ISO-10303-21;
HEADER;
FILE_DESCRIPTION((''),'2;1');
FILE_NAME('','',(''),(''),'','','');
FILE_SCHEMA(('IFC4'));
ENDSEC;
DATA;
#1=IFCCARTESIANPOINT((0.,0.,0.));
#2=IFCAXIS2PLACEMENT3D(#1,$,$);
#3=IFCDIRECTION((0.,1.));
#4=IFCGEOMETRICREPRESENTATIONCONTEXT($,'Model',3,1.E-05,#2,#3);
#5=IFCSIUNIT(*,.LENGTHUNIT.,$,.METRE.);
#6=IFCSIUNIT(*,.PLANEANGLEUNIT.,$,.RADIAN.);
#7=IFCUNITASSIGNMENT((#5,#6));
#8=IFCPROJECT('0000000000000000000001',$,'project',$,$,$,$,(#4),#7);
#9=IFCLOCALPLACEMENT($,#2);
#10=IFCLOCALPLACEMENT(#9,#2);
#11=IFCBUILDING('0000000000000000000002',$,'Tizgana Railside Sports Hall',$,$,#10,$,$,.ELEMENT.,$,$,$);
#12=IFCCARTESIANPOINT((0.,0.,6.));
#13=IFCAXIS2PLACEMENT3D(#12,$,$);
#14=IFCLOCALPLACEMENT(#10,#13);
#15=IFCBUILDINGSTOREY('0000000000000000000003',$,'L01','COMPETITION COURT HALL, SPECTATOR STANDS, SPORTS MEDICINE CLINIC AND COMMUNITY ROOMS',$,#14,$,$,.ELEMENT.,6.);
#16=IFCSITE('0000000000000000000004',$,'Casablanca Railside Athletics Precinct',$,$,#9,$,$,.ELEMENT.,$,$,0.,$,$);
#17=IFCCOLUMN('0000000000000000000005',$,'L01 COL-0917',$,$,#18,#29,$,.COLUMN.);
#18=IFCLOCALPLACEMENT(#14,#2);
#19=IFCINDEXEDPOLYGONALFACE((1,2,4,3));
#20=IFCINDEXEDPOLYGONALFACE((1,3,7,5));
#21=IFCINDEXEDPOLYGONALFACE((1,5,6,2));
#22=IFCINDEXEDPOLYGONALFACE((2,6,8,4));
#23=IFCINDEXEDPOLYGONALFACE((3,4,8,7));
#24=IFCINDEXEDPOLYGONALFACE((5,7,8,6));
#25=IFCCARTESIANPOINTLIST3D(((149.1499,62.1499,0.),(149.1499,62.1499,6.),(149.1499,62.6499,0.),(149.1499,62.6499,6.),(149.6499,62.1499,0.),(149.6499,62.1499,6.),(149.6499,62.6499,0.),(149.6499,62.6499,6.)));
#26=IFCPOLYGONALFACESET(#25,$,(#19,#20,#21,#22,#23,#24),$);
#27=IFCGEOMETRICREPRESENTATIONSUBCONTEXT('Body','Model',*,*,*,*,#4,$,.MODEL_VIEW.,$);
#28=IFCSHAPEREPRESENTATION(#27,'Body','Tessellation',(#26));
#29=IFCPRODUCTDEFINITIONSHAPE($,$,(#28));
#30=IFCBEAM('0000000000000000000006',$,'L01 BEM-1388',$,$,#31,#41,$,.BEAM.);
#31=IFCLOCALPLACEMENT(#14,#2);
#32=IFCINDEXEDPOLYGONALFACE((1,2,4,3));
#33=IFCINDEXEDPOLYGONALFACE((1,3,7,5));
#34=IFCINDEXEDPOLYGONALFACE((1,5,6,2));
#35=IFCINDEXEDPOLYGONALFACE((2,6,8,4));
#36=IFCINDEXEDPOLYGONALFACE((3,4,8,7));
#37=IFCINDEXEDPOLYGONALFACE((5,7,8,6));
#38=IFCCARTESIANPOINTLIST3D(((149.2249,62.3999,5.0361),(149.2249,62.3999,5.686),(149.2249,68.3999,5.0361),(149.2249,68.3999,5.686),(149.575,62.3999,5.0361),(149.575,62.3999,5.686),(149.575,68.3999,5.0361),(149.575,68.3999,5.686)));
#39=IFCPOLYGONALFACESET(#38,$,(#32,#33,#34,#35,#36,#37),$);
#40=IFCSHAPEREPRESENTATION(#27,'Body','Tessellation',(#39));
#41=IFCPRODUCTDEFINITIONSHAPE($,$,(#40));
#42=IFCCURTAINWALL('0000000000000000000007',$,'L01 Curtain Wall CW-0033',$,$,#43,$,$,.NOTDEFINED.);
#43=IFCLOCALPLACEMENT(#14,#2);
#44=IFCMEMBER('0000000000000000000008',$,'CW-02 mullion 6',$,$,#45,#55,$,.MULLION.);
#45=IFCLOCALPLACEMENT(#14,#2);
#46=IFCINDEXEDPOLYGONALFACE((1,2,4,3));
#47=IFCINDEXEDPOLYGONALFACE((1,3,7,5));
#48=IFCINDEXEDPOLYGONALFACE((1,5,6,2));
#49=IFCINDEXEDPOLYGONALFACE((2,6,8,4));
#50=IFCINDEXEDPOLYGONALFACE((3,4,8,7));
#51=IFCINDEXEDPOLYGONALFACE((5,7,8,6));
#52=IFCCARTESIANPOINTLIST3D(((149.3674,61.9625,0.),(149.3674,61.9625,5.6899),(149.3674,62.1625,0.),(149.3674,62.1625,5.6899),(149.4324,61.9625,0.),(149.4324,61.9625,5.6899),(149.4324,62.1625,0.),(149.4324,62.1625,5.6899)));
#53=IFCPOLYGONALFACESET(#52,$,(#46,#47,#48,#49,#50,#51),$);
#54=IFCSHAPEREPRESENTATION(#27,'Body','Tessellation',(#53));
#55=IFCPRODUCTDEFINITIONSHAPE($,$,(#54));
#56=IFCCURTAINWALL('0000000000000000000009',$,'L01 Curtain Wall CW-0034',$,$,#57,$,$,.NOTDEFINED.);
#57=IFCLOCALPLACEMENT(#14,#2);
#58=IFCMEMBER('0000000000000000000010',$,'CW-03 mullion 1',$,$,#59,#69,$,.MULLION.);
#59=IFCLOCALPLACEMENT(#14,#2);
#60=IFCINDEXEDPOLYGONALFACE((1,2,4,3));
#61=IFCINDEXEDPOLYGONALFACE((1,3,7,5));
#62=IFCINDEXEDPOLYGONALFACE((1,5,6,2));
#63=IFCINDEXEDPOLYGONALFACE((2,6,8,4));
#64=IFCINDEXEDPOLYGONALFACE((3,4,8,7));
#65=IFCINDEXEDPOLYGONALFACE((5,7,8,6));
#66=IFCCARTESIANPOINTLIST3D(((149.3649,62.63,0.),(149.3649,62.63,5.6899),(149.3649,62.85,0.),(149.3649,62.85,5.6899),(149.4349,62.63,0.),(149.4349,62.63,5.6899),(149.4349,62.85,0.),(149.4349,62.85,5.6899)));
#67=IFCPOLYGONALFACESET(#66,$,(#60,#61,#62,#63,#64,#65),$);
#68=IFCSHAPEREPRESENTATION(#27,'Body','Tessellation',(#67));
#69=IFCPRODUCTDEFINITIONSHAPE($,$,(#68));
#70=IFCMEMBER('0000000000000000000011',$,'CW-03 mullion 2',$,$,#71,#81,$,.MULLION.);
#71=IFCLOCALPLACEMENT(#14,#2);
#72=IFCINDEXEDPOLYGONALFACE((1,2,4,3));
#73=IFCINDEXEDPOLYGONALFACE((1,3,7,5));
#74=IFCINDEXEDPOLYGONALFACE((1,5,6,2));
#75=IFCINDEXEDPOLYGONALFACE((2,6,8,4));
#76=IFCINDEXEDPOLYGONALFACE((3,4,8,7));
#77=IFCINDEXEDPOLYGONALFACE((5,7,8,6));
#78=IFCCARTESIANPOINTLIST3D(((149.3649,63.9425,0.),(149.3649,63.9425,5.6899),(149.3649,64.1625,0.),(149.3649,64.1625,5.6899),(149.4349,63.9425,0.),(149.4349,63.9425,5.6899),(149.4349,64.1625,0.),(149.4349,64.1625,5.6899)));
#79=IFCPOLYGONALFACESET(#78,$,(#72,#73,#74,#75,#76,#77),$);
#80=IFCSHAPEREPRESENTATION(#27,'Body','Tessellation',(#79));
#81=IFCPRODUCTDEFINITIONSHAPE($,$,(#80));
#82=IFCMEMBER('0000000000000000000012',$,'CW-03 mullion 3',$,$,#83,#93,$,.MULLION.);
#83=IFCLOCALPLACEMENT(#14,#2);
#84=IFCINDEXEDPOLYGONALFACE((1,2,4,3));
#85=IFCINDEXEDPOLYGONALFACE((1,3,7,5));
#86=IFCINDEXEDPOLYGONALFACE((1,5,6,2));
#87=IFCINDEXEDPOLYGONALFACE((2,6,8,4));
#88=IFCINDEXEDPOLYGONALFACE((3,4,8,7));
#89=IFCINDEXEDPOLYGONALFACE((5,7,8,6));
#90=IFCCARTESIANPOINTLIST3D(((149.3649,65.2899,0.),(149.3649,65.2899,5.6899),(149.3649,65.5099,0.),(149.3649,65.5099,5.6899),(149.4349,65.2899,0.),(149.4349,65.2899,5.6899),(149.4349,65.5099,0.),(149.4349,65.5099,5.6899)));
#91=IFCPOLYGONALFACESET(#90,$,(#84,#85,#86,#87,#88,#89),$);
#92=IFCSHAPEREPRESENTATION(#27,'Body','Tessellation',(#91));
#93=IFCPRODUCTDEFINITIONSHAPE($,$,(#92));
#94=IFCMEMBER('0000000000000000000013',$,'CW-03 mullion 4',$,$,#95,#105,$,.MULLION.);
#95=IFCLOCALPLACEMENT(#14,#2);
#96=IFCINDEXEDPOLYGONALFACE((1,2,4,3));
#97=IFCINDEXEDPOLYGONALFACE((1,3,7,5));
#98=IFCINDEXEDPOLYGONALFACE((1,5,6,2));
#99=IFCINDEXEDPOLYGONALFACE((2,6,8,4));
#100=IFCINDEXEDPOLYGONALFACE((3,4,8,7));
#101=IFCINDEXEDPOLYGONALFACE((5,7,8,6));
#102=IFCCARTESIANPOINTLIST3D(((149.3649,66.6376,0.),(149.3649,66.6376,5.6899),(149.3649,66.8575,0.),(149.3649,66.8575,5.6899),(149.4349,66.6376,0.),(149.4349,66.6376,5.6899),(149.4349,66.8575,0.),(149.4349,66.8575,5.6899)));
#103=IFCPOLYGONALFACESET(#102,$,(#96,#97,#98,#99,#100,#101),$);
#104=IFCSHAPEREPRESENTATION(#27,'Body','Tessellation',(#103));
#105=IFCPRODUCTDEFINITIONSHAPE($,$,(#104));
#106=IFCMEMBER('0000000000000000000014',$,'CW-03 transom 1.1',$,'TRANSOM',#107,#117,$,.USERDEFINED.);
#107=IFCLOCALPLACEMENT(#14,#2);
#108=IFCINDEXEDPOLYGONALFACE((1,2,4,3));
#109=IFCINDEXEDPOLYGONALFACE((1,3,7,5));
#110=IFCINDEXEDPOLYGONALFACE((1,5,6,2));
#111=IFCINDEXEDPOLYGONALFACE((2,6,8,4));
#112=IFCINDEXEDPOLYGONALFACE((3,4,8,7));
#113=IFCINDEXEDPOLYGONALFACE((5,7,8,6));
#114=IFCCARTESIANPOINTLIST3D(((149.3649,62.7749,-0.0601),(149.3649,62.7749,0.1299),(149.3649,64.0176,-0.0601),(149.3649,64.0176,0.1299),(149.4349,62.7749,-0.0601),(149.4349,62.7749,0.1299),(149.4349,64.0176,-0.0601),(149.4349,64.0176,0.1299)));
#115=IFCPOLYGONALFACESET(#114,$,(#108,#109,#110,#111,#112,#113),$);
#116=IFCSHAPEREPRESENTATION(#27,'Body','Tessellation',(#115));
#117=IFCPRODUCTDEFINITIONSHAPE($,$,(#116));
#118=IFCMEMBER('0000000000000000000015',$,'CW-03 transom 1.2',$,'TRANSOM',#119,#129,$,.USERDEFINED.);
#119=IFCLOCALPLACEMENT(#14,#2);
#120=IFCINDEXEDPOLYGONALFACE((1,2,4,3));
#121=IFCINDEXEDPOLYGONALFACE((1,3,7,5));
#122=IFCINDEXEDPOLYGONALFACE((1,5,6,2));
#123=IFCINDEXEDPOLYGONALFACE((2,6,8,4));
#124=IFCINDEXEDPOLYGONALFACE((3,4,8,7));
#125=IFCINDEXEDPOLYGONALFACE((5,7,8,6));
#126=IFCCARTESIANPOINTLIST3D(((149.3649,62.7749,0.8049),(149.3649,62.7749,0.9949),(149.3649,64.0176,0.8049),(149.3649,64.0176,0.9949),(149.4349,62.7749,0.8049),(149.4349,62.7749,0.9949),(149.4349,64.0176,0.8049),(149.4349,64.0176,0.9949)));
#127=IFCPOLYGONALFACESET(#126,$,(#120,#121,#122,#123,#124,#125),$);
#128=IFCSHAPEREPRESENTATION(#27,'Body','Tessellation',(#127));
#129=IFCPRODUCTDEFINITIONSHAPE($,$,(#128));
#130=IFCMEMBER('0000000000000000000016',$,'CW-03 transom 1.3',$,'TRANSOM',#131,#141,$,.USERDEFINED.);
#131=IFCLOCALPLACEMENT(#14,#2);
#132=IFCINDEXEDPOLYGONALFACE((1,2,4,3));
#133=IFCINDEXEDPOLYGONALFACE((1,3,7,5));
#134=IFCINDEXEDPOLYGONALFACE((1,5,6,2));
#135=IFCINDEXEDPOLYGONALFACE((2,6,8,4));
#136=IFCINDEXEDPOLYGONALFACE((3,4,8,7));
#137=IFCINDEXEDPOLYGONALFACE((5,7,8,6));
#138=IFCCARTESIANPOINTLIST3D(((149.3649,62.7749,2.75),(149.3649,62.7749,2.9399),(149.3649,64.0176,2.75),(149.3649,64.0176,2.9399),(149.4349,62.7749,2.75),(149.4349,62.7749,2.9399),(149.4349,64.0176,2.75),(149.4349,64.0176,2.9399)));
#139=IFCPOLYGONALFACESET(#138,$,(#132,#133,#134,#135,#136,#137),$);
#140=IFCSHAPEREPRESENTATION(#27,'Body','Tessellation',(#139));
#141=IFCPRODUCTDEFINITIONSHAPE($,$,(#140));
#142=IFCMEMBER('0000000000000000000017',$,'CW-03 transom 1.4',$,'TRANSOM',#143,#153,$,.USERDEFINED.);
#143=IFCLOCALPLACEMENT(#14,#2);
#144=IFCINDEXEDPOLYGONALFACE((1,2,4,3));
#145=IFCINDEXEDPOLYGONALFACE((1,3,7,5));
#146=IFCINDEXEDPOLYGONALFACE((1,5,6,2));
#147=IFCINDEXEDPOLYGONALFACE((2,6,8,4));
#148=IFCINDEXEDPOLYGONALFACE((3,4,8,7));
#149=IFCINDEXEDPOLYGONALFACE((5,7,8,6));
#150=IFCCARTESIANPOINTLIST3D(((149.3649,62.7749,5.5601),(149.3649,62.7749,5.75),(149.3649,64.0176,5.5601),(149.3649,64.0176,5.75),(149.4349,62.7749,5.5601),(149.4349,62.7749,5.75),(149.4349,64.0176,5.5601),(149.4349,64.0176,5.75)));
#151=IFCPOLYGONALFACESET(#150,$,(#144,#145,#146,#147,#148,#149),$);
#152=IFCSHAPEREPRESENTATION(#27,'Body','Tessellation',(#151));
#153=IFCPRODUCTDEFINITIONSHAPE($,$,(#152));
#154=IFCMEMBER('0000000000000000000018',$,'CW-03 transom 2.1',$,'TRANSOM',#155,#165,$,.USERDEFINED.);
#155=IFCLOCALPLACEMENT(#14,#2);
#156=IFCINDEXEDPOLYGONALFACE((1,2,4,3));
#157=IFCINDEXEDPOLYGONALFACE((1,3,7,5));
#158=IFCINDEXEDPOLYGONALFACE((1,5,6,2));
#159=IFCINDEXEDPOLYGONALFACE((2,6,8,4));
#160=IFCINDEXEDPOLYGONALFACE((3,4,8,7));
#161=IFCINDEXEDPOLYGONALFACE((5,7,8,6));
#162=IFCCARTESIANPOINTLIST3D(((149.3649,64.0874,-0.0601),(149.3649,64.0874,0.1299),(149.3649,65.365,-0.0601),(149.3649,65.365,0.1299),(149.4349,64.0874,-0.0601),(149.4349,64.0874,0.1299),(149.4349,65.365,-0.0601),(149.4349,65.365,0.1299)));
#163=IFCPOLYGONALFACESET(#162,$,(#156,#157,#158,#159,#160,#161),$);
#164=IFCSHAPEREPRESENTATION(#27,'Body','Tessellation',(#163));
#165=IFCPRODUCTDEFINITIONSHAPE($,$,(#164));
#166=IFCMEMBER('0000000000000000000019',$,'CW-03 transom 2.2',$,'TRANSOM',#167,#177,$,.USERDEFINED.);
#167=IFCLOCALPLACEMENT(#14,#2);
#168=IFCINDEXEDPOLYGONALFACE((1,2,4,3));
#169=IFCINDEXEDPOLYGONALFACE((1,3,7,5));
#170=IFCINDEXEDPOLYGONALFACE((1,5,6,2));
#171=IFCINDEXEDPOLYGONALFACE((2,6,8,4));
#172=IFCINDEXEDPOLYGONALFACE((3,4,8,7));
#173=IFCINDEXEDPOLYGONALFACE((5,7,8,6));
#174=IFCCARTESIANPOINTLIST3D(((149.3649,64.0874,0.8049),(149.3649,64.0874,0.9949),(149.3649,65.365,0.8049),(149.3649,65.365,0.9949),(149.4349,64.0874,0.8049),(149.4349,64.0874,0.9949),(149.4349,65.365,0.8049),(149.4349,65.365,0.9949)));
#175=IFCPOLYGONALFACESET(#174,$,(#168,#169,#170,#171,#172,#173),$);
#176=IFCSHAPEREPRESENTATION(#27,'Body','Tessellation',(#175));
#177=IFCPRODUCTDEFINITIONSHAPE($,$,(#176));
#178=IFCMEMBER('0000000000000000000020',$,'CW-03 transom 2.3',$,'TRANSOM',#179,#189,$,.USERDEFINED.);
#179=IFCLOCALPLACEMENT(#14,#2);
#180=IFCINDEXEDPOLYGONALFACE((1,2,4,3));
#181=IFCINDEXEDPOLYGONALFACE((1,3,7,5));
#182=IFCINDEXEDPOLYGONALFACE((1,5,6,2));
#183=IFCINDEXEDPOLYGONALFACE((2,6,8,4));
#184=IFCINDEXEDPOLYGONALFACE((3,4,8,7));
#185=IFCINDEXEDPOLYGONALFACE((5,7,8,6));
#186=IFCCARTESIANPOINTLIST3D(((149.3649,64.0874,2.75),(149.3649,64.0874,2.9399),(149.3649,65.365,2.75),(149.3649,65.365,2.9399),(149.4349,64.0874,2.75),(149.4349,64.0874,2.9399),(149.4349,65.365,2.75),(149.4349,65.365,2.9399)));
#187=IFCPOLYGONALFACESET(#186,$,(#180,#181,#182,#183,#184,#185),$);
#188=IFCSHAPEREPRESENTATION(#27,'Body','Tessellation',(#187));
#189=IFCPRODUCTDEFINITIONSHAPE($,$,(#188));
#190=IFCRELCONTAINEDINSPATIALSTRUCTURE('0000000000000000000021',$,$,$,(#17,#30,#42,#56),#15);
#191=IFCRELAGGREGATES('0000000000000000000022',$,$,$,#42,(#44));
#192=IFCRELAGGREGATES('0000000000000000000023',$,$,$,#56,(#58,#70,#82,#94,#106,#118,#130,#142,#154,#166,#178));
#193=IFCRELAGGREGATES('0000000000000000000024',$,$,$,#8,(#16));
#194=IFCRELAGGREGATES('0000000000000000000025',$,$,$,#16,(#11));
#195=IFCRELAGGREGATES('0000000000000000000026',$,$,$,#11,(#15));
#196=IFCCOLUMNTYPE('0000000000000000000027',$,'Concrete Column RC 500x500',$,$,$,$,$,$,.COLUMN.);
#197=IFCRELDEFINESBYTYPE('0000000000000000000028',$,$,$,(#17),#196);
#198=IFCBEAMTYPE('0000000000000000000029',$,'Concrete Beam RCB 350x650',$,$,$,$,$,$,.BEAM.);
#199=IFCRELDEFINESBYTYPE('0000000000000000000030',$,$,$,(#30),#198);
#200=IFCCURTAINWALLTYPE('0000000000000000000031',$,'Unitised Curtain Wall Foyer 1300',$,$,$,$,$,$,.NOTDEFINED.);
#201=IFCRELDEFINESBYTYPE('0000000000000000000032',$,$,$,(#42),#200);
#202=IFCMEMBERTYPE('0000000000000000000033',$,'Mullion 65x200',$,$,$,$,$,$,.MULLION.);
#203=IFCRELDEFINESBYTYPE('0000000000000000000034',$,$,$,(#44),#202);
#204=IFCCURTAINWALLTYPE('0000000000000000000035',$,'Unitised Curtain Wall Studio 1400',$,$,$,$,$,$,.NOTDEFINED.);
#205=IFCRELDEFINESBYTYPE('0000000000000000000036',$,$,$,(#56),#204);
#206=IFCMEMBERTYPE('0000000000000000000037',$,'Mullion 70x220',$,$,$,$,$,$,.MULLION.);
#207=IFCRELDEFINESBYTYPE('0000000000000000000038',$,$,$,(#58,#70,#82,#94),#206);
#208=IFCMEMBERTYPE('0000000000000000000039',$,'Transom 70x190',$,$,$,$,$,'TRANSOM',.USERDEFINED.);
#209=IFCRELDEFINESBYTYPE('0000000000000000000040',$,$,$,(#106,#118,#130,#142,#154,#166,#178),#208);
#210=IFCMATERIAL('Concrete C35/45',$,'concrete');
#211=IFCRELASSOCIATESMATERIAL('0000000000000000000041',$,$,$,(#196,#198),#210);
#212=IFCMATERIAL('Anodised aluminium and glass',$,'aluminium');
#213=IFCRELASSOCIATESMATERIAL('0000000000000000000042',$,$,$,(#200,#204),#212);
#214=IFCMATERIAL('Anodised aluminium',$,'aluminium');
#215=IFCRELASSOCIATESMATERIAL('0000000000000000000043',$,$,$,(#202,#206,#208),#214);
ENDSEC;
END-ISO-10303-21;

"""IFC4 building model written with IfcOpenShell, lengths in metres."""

from ifc_helpers import new_model, si_unit, direction, frame, origin, origin_2d, place, context, subcontext, project, spatial, rectangle, extrude, material, material_profile, profile_set, type_object, element, aggregate, save


model = new_model("IFC4")

# Units and contexts
model_context = context("Model", 3, precision=1e-05, world=origin(), true_north=direction((0.0, 1.0)))
body_context = subcontext(model_context, "Body", "Model", "MODEL_VIEW")
ifc_project = project(units=[si_unit("LENGTHUNIT", "METRE"), si_unit("PLANEANGLEUNIT", "RADIAN")], contexts=[model_context])

# Site, building, storey
site_placement = place(None, origin())
site = spatial("IfcSite", under=ifc_project, at=site_placement, Name="Casablanca Railside Athletics Precinct", CompositionType="ELEMENT", RefElevation=0.0)
building_placement = place(site_placement, origin())
building = spatial("IfcBuilding", under=site, at=building_placement, Name="Tizgana Railside Sports Hall", CompositionType="ELEMENT")
storey_placement = place(building_placement, frame((0.0, 0.0, 6.0)))
storey = spatial("IfcBuildingStorey", under=building, at=storey_placement, Name="L01", Description="COMPETITION COURT HALL, SPECTATOR STANDS, SPORTS MEDICINE CLINIC AND COMMUNITY ROOMS", CompositionType="ELEMENT", Elevation=6.0)

# Column
ifc_material_1 = material(Name="Concrete C35/45", Category="concrete")
ifc_material_profile_1 = material_profile(ifc_material_1, rectangle(XDim=0.5, YDim=0.5, at=origin_2d()), Name="RC 500x500")
ifc_profile_set_1 = profile_set([ifc_material_profile_1], Name="Concrete C35/45")
column_type = type_object("IfcColumnType", Name="Concrete Column RC 500x500", PredefinedType="COLUMN", material=ifc_profile_set_1)
column_placement = place(storey_placement, frame((149.3999, 62.3999, 0.0), z_axis=(0.0, 0.0, 1.0), x_axis=(1.0, 0.0, 0.0)))
element("IfcColumn", 1, at=column_placement, inside=storey, type_object=column_type, Name="L01 COL-0917", PredefinedType="COLUMN", context=body_context, shape_type="SweptSolid", body=[
    extrude(rectangle(XDim=0.5, YDim=0.5, at=origin_2d()), origin(), (0.0, 0.0, 1.0), 6.0),
])

# Beam
ifc_material_profile_2 = material_profile(ifc_material_1, rectangle(XDim=0.3501, YDim=0.6499, at=origin_2d()), Name="RCB 350x650")
ifc_profile_set_2 = profile_set([ifc_material_profile_2], Name="Concrete C35/45")
beam_type = type_object("IfcBeamType", Name="Concrete Beam RCB 350x650", PredefinedType="BEAM", material=ifc_profile_set_2)
beam_placement = place(storey_placement, frame((149.3999, 62.3999, 5.3611), z_axis=(0.0, 1.0, 0.0), x_axis=(-1.0, 0.0, 0.0)))
element("IfcBeam", 2, at=beam_placement, inside=storey, type_object=beam_type, Name="L01 BEM-1388", PredefinedType="BEAM", context=body_context, shape_type="SweptSolid", body=[
    extrude(rectangle(XDim=0.3501, YDim=0.6499, at=origin_2d()), origin(), (0.0, 0.0, 1.0), 6.0),
])

# Curtain wall, member
ifc_material_2 = material(Name="Anodised aluminium and glass", Category="aluminium")
curtain_wall_type_1 = type_object("IfcCurtainWallType", Name="Unitised Curtain Wall Foyer 1300", PredefinedType="NOTDEFINED", material=ifc_material_2)
curtain_wall_1_placement = place(storey_placement, origin())
curtain_wall_1 = element("IfcCurtainWall", 3, at=curtain_wall_1_placement, inside=storey, type_object=curtain_wall_type_1, Name="L01 Curtain Wall CW-0033", PredefinedType="NOTDEFINED")
ifc_material_3 = material(Name="Anodised aluminium", Category="aluminium")
ifc_material_profile_3 = material_profile(ifc_material_3, rectangle(XDim=0.0649, YDim=0.2, at=origin_2d()), Name="Mullion 65x200")
ifc_profile_set_3 = profile_set([ifc_material_profile_3], Name="Anodised aluminium")
member_type_1 = type_object("IfcMemberType", Name="Mullion 65x200", PredefinedType="MULLION", material=ifc_profile_set_3)
member_1_placement = place(storey_placement, frame((149.3999, 62.0625, 0.0), z_axis=(0.0, 0.0, 1.0), x_axis=(-1.0, 0.0, 0.0)))
member_1 = element("IfcMember", 4, at=member_1_placement, type_object=member_type_1, Name="CW-02 mullion 6", PredefinedType="MULLION", context=body_context, shape_type="SweptSolid", body=[
    extrude(rectangle(XDim=0.0649, YDim=0.2, at=origin_2d()), origin(), (0.0, 0.0, 1.0), 5.6899),
])
aggregate(curtain_wall_1, [member_1])

# Curtain wall, members
curtain_wall_type_2 = type_object("IfcCurtainWallType", Name="Unitised Curtain Wall Studio 1400", PredefinedType="NOTDEFINED", material=ifc_material_2)
curtain_wall_2_placement = place(storey_placement, origin())
curtain_wall_2 = element("IfcCurtainWall", 5, at=curtain_wall_2_placement, inside=storey, type_object=curtain_wall_type_2, Name="L01 Curtain Wall CW-0034", PredefinedType="NOTDEFINED")
ifc_material_profile_4 = material_profile(ifc_material_3, rectangle(XDim=0.0701, YDim=0.22, at=origin_2d()), Name="Mullion 70x220")
ifc_profile_set_4 = profile_set([ifc_material_profile_4], Name="Anodised aluminium")
member_type_2 = type_object("IfcMemberType", Name="Mullion 70x220", PredefinedType="MULLION", material=ifc_profile_set_4)
member_2_placement = place(storey_placement, frame((149.3999, 62.74, 0.0), z_axis=(0.0, 0.0, 1.0), x_axis=(-1.0, 0.0, 0.0)))
member_2 = element("IfcMember", 6, at=member_2_placement, type_object=member_type_2, Name="CW-03 mullion 1", PredefinedType="MULLION", context=body_context, shape_type="SweptSolid", body=[
    extrude(rectangle(XDim=0.0701, YDim=0.22, at=origin_2d()), origin(), (0.0, 0.0, 1.0), 5.6899),
])
member_3_placement = place(storey_placement, frame((149.3999, 64.0525, 0.0), z_axis=(0.0, 0.0, 1.0), x_axis=(-1.0, 0.0, 0.0)))
member_3 = element("IfcMember", 7, at=member_3_placement, type_object=member_type_2, Name="CW-03 mullion 2", PredefinedType="MULLION", context=body_context, shape_type="SweptSolid", body=[
    extrude(rectangle(XDim=0.0701, YDim=0.22, at=origin_2d()), origin(), (0.0, 0.0, 1.0), 5.6899),
])
member_4_placement = place(storey_placement, frame((149.3999, 65.3999, 0.0), z_axis=(0.0, 0.0, 1.0), x_axis=(-1.0, 0.0, 0.0)))
member_4 = element("IfcMember", 8, at=member_4_placement, type_object=member_type_2, Name="CW-03 mullion 3", PredefinedType="MULLION", context=body_context, shape_type="SweptSolid", body=[
    extrude(rectangle(XDim=0.0701, YDim=0.22, at=origin_2d()), origin(), (0.0, 0.0, 1.0), 5.6899),
])
member_5_placement = place(storey_placement, frame((149.3999, 66.7476, 0.0), z_axis=(0.0, 0.0, 1.0), x_axis=(-1.0, 0.0, 0.0)))
member_5 = element("IfcMember", 9, at=member_5_placement, type_object=member_type_2, Name="CW-03 mullion 4", PredefinedType="MULLION", context=body_context, shape_type="SweptSolid", body=[
    extrude(rectangle(XDim=0.0701, YDim=0.22, at=origin_2d()), origin(), (0.0, 0.0, 1.0), 5.6899),
])
ifc_material_profile_5 = material_profile(ifc_material_3, rectangle(XDim=0.0701, YDim=0.1899, at=origin_2d()), Name="Transom 70x190")
ifc_profile_set_5 = profile_set([ifc_material_profile_5], Name="Anodised aluminium")
member_type_3 = type_object("IfcMemberType", Name="Transom 70x190", ElementType="TRANSOM", PredefinedType="USERDEFINED", material=ifc_profile_set_5)
member_6_placement = place(storey_placement, frame((149.3999, 62.7749, 0.0349), z_axis=(0.0, 1.0, 0.0), x_axis=(-1.0, 0.0, 0.0)))
member_6 = element("IfcMember", 10, at=member_6_placement, type_object=member_type_3, Name="CW-03 transom 1.1", ObjectType="TRANSOM", PredefinedType="USERDEFINED", context=body_context, shape_type="SweptSolid", body=[
    extrude(rectangle(XDim=0.0701, YDim=0.1899, at=origin_2d()), origin(), (0.0, 0.0, 1.0), 1.2427),
])
member_7_placement = place(storey_placement, frame((149.3999, 62.7749, 0.8999), z_axis=(0.0, 1.0, 0.0), x_axis=(-1.0, 0.0, 0.0)))
member_7 = element("IfcMember", 11, at=member_7_placement, type_object=member_type_3, Name="CW-03 transom 1.2", ObjectType="TRANSOM", PredefinedType="USERDEFINED", context=body_context, shape_type="SweptSolid", body=[
    extrude(rectangle(XDim=0.0701, YDim=0.1899, at=origin_2d()), origin(), (0.0, 0.0, 1.0), 1.2427),
])
member_8_placement = place(storey_placement, frame((149.3999, 62.7749, 2.845), z_axis=(0.0, 1.0, 0.0), x_axis=(-1.0, 0.0, 0.0)))
member_8 = element("IfcMember", 12, at=member_8_placement, type_object=member_type_3, Name="CW-03 transom 1.3", ObjectType="TRANSOM", PredefinedType="USERDEFINED", context=body_context, shape_type="SweptSolid", body=[
    extrude(rectangle(XDim=0.0701, YDim=0.1899, at=origin_2d()), origin(), (0.0, 0.0, 1.0), 1.2427),
])
member_9_placement = place(storey_placement, frame((149.3999, 62.7749, 5.655), z_axis=(0.0, 1.0, 0.0), x_axis=(-1.0, 0.0, 0.0)))
member_9 = element("IfcMember", 13, at=member_9_placement, type_object=member_type_3, Name="CW-03 transom 1.4", ObjectType="TRANSOM", PredefinedType="USERDEFINED", context=body_context, shape_type="SweptSolid", body=[
    extrude(rectangle(XDim=0.0701, YDim=0.1899, at=origin_2d()), origin(), (0.0, 0.0, 1.0), 1.2427),
])
member_10_placement = place(storey_placement, frame((149.3999, 64.0874, 0.0349), z_axis=(0.0, 1.0, 0.0), x_axis=(-1.0, 0.0, 0.0)))
member_10 = element("IfcMember", 14, at=member_10_placement, type_object=member_type_3, Name="CW-03 transom 2.1", ObjectType="TRANSOM", PredefinedType="USERDEFINED", context=body_context, shape_type="SweptSolid", body=[
    extrude(rectangle(XDim=0.0701, YDim=0.1899, at=origin_2d()), origin(), (0.0, 0.0, 1.0), 1.2776),
])
member_11_placement = place(storey_placement, frame((149.3999, 64.0874, 0.8999), z_axis=(0.0, 1.0, 0.0), x_axis=(-1.0, 0.0, 0.0)))
member_11 = element("IfcMember", 15, at=member_11_placement, type_object=member_type_3, Name="CW-03 transom 2.2", ObjectType="TRANSOM", PredefinedType="USERDEFINED", context=body_context, shape_type="SweptSolid", body=[
    extrude(rectangle(XDim=0.0701, YDim=0.1899, at=origin_2d()), origin(), (0.0, 0.0, 1.0), 1.2776),
])
member_12_placement = place(storey_placement, frame((149.3999, 64.0874, 2.845), z_axis=(0.0, 1.0, 0.0), x_axis=(-1.0, 0.0, 0.0)))
member_12 = element("IfcMember", 16, at=member_12_placement, type_object=member_type_3, Name="CW-03 transom 2.3", ObjectType="TRANSOM", PredefinedType="USERDEFINED", context=body_context, shape_type="SweptSolid", body=[
    extrude(rectangle(XDim=0.0701, YDim=0.1899, at=origin_2d()), origin(), (0.0, 0.0, 1.0), 1.2776),
])
aggregate(curtain_wall_2, [member_2, member_3, member_4, member_5, member_6, member_7, member_8, member_9, member_10, member_11, member_12])

save(model, "model.ifc")
